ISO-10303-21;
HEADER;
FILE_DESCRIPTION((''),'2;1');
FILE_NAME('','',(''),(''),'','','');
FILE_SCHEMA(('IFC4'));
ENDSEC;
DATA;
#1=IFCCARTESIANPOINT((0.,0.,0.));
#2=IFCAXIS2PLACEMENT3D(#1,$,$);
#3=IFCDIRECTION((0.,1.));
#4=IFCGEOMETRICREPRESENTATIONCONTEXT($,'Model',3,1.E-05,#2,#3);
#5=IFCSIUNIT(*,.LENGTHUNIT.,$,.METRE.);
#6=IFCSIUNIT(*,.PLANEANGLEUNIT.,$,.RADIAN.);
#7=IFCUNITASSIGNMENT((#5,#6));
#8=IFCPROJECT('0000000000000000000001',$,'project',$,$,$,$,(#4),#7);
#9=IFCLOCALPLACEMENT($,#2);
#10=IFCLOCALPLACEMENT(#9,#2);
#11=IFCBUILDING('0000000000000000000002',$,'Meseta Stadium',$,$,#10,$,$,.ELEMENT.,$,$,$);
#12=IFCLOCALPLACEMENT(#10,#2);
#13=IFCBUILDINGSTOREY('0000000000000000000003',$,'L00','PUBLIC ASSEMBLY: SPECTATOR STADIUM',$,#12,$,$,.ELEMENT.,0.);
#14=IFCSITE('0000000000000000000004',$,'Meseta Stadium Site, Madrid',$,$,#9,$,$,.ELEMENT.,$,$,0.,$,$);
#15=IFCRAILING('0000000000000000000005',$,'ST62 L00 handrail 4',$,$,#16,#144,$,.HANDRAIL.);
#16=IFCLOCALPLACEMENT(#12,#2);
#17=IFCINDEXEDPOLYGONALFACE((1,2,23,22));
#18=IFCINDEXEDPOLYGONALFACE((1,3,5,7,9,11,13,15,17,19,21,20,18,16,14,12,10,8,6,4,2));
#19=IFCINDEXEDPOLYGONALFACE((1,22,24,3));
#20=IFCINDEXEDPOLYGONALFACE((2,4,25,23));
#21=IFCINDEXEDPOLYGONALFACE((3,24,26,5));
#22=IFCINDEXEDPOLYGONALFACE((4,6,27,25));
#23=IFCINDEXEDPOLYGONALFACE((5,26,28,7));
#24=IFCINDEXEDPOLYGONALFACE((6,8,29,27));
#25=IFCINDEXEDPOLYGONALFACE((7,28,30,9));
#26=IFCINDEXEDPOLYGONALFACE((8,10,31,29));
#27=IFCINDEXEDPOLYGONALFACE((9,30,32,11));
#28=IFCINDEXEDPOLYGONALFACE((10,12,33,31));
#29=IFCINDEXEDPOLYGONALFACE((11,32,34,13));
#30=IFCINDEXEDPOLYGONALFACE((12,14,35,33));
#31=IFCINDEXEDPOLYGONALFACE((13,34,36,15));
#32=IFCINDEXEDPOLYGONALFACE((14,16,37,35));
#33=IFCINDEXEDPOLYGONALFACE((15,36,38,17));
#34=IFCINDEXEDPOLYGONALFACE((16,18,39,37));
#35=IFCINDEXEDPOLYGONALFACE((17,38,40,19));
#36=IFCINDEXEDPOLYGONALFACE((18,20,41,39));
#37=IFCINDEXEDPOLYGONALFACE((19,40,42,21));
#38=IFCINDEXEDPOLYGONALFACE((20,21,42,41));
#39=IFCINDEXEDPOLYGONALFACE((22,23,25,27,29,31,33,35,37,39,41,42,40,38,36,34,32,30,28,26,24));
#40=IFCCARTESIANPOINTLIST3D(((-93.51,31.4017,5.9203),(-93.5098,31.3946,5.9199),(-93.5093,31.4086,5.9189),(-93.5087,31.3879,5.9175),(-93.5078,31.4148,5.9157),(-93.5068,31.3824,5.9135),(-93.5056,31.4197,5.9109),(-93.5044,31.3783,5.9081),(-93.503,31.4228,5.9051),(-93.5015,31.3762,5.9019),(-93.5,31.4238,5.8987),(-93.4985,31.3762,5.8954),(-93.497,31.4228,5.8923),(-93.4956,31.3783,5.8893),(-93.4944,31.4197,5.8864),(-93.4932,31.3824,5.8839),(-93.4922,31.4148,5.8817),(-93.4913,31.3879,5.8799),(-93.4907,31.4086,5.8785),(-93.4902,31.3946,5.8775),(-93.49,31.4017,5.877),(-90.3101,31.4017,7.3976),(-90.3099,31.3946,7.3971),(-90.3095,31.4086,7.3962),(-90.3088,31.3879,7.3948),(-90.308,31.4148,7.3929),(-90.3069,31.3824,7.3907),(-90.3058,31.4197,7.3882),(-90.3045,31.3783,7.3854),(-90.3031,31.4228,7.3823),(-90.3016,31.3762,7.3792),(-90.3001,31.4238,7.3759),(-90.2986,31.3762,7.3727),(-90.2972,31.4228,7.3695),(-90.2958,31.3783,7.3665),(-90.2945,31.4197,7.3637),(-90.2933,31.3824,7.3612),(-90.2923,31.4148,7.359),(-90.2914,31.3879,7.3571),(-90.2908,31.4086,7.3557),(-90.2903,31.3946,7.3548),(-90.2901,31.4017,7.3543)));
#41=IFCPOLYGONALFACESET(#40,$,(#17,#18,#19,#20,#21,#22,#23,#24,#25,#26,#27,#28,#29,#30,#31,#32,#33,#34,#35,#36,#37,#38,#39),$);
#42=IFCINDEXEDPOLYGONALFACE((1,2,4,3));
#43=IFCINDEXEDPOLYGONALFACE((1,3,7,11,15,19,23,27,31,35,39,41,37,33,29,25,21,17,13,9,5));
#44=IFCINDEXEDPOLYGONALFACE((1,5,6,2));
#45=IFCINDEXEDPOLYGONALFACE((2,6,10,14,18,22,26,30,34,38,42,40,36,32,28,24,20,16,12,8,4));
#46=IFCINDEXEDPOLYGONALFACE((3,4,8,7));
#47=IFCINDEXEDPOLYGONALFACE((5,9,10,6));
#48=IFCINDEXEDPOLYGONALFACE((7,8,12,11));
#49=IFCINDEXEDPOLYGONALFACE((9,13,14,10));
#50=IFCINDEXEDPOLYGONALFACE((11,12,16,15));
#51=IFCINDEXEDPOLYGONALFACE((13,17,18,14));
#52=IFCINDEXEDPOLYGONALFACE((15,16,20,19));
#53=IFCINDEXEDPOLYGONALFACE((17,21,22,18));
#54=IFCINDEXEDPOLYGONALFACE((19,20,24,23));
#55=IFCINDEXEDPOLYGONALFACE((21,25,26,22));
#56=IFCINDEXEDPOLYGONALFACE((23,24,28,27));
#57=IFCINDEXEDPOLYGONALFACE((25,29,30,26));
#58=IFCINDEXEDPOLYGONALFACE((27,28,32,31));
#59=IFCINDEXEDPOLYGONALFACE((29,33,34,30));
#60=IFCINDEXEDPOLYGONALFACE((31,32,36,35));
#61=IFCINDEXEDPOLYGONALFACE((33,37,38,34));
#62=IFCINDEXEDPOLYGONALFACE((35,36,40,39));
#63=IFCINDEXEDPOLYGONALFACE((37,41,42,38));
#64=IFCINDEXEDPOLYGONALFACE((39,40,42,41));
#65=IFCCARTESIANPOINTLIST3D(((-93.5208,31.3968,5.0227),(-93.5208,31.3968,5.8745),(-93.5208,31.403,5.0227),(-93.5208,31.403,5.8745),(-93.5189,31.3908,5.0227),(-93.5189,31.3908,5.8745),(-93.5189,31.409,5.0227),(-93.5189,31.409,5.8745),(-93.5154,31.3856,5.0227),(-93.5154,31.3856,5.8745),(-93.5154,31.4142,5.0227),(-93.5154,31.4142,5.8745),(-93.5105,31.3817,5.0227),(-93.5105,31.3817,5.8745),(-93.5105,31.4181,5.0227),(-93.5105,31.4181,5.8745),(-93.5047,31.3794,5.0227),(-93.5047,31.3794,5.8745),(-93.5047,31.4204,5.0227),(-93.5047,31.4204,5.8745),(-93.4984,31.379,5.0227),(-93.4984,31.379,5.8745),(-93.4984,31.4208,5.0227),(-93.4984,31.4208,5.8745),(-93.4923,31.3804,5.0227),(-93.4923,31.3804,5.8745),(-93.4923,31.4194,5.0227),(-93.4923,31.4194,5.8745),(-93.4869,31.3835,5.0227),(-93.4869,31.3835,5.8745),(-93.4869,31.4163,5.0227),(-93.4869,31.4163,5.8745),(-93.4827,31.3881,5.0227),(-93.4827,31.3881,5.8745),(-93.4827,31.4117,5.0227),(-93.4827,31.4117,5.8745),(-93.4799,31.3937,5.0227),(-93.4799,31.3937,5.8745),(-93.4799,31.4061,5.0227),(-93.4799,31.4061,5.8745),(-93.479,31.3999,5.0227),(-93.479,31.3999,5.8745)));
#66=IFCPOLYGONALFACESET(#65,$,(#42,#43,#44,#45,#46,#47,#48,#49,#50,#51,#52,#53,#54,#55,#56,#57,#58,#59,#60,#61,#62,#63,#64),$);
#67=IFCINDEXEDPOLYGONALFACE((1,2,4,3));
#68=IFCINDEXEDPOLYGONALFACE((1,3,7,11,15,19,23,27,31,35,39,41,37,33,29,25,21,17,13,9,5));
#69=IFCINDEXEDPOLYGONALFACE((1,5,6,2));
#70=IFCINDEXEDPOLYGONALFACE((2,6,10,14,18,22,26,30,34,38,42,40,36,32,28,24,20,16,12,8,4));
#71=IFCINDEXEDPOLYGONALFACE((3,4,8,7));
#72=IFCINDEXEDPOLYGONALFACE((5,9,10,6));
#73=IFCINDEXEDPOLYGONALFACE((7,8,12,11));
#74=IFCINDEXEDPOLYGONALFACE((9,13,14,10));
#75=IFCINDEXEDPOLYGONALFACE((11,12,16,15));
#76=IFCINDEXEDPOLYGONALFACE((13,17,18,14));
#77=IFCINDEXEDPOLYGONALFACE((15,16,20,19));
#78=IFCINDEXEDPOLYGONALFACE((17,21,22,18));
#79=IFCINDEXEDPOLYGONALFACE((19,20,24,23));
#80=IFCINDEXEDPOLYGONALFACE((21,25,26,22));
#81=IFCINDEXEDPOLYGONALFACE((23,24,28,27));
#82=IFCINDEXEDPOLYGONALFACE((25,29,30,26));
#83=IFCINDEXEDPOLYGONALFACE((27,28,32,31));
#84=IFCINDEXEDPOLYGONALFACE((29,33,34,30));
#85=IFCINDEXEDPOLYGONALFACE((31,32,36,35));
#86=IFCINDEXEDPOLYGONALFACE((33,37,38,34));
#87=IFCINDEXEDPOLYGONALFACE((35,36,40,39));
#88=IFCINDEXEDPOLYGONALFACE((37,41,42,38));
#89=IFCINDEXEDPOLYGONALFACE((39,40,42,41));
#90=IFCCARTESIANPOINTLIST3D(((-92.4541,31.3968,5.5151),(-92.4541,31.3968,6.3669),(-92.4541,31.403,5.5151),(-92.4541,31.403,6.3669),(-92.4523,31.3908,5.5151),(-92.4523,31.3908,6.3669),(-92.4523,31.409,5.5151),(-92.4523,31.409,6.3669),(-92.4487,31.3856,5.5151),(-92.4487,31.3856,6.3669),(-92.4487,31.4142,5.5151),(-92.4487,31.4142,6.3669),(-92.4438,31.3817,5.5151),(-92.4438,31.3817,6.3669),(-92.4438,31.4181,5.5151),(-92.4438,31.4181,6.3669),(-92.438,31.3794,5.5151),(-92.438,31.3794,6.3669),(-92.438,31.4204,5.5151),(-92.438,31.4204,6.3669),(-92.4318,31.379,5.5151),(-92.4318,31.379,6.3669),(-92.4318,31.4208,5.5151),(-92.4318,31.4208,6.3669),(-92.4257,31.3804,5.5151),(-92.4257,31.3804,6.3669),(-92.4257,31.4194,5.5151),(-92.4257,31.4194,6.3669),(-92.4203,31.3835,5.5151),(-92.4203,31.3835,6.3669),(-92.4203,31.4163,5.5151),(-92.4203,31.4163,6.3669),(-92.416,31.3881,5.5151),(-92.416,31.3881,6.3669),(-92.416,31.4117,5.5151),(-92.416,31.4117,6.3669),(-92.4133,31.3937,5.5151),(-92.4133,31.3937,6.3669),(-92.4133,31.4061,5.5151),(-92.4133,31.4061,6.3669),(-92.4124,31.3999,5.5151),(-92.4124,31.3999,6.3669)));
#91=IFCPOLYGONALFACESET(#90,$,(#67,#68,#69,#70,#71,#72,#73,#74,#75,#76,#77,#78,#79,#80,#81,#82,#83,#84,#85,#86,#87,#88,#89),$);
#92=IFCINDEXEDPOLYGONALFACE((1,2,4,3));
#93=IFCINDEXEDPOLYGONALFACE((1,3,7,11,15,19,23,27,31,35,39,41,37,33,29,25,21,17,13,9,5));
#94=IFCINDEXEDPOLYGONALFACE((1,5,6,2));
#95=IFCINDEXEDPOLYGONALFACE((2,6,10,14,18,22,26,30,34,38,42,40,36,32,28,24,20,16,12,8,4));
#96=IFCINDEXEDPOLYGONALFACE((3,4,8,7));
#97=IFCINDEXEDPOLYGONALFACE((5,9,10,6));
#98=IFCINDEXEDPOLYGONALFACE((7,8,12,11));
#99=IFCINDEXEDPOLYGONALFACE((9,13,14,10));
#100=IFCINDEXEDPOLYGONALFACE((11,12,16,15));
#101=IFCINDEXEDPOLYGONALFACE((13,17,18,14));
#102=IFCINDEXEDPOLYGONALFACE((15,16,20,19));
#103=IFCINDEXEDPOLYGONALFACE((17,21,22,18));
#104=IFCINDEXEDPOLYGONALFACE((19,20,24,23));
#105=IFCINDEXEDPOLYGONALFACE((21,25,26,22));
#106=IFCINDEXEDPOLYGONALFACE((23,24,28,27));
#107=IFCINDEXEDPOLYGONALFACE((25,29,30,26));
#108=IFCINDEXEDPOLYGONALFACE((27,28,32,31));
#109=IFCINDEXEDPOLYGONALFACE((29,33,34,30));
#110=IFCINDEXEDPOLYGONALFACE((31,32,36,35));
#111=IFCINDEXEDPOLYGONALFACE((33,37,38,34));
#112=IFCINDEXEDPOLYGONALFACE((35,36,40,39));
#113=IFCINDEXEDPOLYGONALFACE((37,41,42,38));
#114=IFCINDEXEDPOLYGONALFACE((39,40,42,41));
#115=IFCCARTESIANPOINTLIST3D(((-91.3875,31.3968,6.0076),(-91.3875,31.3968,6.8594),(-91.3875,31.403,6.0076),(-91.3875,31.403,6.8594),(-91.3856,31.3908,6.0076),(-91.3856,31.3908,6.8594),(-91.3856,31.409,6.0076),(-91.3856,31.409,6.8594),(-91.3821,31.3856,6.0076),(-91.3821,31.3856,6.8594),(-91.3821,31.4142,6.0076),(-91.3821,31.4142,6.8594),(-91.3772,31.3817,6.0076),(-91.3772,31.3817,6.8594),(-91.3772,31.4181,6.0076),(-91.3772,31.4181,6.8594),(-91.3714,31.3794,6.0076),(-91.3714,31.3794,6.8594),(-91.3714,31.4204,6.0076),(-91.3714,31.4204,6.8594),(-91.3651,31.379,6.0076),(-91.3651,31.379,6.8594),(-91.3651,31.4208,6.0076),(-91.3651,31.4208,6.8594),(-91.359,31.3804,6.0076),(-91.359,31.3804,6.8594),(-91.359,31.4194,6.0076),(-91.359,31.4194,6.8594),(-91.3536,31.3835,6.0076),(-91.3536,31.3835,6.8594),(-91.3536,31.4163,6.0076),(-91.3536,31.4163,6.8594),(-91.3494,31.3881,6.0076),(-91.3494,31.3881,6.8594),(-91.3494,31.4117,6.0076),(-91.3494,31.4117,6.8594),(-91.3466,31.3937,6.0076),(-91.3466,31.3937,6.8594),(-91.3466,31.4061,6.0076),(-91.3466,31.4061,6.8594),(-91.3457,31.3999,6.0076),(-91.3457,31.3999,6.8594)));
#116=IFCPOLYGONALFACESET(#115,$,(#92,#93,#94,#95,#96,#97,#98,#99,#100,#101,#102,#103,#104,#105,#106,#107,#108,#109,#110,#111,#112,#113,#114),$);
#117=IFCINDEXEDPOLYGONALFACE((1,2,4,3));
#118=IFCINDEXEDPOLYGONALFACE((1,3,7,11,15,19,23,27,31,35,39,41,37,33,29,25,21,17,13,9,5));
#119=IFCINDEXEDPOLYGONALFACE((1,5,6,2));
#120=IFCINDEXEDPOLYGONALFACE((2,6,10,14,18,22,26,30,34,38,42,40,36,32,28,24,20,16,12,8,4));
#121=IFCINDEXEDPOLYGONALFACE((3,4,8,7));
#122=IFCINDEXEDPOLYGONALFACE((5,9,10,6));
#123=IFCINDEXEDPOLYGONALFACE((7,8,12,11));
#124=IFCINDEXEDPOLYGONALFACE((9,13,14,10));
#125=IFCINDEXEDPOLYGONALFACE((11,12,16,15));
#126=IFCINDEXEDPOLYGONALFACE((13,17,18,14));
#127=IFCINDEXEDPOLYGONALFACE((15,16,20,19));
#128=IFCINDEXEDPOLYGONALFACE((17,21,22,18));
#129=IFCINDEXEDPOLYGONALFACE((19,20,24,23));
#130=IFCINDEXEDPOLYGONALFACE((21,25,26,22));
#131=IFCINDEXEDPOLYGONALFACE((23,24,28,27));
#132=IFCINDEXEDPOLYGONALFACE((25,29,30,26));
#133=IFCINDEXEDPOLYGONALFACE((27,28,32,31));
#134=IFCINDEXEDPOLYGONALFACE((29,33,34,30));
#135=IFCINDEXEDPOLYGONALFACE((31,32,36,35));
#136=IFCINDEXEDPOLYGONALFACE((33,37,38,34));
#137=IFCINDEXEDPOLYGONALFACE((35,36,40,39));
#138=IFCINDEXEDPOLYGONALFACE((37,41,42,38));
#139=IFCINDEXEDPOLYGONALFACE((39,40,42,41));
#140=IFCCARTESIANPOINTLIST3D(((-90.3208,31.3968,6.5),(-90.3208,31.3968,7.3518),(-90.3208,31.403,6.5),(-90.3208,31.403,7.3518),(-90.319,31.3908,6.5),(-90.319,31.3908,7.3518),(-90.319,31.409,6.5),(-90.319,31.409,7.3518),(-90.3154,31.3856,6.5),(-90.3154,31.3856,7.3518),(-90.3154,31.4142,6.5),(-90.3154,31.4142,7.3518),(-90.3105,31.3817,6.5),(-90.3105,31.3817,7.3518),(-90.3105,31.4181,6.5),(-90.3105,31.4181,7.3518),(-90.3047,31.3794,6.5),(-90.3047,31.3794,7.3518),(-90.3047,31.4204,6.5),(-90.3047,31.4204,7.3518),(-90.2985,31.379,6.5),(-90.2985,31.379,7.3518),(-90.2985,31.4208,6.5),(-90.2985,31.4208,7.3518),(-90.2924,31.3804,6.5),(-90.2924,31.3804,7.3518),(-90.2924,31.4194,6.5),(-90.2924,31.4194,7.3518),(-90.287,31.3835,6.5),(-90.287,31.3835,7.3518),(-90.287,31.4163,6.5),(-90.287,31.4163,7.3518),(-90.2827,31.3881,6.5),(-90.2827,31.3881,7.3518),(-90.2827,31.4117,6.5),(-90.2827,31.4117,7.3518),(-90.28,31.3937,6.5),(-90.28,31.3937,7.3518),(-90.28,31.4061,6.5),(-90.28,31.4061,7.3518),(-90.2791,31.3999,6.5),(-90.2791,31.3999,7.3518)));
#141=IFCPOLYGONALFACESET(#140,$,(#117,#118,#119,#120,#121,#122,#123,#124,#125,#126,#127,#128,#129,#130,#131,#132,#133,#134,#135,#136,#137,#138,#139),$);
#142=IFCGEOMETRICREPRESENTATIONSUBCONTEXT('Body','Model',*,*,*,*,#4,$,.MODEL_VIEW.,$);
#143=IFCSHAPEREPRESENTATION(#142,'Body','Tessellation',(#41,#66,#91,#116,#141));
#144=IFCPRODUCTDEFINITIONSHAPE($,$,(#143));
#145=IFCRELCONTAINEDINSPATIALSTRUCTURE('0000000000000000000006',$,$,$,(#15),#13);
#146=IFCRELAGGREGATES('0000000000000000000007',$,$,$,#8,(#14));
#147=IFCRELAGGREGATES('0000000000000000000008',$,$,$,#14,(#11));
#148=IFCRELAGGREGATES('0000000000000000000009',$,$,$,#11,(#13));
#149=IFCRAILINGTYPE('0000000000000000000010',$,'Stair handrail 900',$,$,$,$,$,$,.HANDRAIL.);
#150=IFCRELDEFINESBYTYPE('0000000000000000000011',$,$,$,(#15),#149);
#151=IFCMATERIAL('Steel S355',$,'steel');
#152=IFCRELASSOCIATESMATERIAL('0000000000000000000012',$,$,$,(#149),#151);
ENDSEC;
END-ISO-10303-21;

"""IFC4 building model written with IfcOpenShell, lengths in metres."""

from ifc_helpers import new_model, si_unit, direction, frame, origin, origin_2d, place, context, subcontext, project, spatial, circle, extrude, material, type_object, element, save


model = new_model("IFC4")

# Units and contexts
model_context = context("Model", 3, precision=1e-05, world=origin(), true_north=direction((0.0, 1.0)))
body_context = subcontext(model_context, "Body", "Model", "MODEL_VIEW")
ifc_project = project(units=[si_unit("LENGTHUNIT", "METRE"), si_unit("PLANEANGLEUNIT", "RADIAN")], contexts=[model_context])

# Site, building, storey
site_placement = place(None, origin())
site = spatial("IfcSite", under=ifc_project, at=site_placement, Name="Meseta Stadium Site, Madrid", CompositionType="ELEMENT", RefElevation=0.0)
building_placement = place(site_placement, origin())
building = spatial("IfcBuilding", under=site, at=building_placement, Name="Meseta Stadium", CompositionType="ELEMENT")
storey_placement = place(building_placement, origin())
storey = spatial("IfcBuildingStorey", under=building, at=storey_placement, Name="L00", Description="PUBLIC ASSEMBLY: SPECTATOR STADIUM", CompositionType="ELEMENT", Elevation=0.0)

# Railing
ifc_material_1 = material(Name="Steel S355", Category="steel")
railing_type_1 = type_object("IfcRailingType", Name="Stair handrail 900", PredefinedType="HANDRAIL", material=ifc_material_1)
for number, where, name in (
    (1, (-93.5, 31.3999, 5.0227), "ST62 L00 handrail 4"),
):
    element("IfcRailing", number, at=place(storey_placement, frame(where)), inside=storey, type_object=railing_type_1, Name=name, PredefinedType="HANDRAIL", context=body_context, shape_type="SweptSolid", body=[
        extrude(circle(Radius=0.0239, at=origin_2d()), frame((0.0, 0.0, 0.876), z_axis=(0.907917, 0.0, 0.41915), x_axis=(0.0, 1.0, 0.0)), (0.0, 0.0, 1.0), 3.5244),
        extrude(circle(Radius=0.021, at=origin_2d()), origin(), (0.0, 0.0, 1.0), 0.8518),
        extrude(circle(Radius=0.021, at=origin_2d()), frame((1.0667, 0.0, 0.4924)), (0.0, 0.0, 1.0), 0.8518),
        extrude(circle(Radius=0.021, at=origin_2d()), frame((2.1333, 0.0, 0.9849)), (0.0, 0.0, 1.0), 0.8518),
        extrude(circle(Radius=0.021, at=origin_2d()), frame((3.2, 0.0, 1.4773)), (0.0, 0.0, 1.0), 0.8518),
    ])

save(model, "model.ifc")
